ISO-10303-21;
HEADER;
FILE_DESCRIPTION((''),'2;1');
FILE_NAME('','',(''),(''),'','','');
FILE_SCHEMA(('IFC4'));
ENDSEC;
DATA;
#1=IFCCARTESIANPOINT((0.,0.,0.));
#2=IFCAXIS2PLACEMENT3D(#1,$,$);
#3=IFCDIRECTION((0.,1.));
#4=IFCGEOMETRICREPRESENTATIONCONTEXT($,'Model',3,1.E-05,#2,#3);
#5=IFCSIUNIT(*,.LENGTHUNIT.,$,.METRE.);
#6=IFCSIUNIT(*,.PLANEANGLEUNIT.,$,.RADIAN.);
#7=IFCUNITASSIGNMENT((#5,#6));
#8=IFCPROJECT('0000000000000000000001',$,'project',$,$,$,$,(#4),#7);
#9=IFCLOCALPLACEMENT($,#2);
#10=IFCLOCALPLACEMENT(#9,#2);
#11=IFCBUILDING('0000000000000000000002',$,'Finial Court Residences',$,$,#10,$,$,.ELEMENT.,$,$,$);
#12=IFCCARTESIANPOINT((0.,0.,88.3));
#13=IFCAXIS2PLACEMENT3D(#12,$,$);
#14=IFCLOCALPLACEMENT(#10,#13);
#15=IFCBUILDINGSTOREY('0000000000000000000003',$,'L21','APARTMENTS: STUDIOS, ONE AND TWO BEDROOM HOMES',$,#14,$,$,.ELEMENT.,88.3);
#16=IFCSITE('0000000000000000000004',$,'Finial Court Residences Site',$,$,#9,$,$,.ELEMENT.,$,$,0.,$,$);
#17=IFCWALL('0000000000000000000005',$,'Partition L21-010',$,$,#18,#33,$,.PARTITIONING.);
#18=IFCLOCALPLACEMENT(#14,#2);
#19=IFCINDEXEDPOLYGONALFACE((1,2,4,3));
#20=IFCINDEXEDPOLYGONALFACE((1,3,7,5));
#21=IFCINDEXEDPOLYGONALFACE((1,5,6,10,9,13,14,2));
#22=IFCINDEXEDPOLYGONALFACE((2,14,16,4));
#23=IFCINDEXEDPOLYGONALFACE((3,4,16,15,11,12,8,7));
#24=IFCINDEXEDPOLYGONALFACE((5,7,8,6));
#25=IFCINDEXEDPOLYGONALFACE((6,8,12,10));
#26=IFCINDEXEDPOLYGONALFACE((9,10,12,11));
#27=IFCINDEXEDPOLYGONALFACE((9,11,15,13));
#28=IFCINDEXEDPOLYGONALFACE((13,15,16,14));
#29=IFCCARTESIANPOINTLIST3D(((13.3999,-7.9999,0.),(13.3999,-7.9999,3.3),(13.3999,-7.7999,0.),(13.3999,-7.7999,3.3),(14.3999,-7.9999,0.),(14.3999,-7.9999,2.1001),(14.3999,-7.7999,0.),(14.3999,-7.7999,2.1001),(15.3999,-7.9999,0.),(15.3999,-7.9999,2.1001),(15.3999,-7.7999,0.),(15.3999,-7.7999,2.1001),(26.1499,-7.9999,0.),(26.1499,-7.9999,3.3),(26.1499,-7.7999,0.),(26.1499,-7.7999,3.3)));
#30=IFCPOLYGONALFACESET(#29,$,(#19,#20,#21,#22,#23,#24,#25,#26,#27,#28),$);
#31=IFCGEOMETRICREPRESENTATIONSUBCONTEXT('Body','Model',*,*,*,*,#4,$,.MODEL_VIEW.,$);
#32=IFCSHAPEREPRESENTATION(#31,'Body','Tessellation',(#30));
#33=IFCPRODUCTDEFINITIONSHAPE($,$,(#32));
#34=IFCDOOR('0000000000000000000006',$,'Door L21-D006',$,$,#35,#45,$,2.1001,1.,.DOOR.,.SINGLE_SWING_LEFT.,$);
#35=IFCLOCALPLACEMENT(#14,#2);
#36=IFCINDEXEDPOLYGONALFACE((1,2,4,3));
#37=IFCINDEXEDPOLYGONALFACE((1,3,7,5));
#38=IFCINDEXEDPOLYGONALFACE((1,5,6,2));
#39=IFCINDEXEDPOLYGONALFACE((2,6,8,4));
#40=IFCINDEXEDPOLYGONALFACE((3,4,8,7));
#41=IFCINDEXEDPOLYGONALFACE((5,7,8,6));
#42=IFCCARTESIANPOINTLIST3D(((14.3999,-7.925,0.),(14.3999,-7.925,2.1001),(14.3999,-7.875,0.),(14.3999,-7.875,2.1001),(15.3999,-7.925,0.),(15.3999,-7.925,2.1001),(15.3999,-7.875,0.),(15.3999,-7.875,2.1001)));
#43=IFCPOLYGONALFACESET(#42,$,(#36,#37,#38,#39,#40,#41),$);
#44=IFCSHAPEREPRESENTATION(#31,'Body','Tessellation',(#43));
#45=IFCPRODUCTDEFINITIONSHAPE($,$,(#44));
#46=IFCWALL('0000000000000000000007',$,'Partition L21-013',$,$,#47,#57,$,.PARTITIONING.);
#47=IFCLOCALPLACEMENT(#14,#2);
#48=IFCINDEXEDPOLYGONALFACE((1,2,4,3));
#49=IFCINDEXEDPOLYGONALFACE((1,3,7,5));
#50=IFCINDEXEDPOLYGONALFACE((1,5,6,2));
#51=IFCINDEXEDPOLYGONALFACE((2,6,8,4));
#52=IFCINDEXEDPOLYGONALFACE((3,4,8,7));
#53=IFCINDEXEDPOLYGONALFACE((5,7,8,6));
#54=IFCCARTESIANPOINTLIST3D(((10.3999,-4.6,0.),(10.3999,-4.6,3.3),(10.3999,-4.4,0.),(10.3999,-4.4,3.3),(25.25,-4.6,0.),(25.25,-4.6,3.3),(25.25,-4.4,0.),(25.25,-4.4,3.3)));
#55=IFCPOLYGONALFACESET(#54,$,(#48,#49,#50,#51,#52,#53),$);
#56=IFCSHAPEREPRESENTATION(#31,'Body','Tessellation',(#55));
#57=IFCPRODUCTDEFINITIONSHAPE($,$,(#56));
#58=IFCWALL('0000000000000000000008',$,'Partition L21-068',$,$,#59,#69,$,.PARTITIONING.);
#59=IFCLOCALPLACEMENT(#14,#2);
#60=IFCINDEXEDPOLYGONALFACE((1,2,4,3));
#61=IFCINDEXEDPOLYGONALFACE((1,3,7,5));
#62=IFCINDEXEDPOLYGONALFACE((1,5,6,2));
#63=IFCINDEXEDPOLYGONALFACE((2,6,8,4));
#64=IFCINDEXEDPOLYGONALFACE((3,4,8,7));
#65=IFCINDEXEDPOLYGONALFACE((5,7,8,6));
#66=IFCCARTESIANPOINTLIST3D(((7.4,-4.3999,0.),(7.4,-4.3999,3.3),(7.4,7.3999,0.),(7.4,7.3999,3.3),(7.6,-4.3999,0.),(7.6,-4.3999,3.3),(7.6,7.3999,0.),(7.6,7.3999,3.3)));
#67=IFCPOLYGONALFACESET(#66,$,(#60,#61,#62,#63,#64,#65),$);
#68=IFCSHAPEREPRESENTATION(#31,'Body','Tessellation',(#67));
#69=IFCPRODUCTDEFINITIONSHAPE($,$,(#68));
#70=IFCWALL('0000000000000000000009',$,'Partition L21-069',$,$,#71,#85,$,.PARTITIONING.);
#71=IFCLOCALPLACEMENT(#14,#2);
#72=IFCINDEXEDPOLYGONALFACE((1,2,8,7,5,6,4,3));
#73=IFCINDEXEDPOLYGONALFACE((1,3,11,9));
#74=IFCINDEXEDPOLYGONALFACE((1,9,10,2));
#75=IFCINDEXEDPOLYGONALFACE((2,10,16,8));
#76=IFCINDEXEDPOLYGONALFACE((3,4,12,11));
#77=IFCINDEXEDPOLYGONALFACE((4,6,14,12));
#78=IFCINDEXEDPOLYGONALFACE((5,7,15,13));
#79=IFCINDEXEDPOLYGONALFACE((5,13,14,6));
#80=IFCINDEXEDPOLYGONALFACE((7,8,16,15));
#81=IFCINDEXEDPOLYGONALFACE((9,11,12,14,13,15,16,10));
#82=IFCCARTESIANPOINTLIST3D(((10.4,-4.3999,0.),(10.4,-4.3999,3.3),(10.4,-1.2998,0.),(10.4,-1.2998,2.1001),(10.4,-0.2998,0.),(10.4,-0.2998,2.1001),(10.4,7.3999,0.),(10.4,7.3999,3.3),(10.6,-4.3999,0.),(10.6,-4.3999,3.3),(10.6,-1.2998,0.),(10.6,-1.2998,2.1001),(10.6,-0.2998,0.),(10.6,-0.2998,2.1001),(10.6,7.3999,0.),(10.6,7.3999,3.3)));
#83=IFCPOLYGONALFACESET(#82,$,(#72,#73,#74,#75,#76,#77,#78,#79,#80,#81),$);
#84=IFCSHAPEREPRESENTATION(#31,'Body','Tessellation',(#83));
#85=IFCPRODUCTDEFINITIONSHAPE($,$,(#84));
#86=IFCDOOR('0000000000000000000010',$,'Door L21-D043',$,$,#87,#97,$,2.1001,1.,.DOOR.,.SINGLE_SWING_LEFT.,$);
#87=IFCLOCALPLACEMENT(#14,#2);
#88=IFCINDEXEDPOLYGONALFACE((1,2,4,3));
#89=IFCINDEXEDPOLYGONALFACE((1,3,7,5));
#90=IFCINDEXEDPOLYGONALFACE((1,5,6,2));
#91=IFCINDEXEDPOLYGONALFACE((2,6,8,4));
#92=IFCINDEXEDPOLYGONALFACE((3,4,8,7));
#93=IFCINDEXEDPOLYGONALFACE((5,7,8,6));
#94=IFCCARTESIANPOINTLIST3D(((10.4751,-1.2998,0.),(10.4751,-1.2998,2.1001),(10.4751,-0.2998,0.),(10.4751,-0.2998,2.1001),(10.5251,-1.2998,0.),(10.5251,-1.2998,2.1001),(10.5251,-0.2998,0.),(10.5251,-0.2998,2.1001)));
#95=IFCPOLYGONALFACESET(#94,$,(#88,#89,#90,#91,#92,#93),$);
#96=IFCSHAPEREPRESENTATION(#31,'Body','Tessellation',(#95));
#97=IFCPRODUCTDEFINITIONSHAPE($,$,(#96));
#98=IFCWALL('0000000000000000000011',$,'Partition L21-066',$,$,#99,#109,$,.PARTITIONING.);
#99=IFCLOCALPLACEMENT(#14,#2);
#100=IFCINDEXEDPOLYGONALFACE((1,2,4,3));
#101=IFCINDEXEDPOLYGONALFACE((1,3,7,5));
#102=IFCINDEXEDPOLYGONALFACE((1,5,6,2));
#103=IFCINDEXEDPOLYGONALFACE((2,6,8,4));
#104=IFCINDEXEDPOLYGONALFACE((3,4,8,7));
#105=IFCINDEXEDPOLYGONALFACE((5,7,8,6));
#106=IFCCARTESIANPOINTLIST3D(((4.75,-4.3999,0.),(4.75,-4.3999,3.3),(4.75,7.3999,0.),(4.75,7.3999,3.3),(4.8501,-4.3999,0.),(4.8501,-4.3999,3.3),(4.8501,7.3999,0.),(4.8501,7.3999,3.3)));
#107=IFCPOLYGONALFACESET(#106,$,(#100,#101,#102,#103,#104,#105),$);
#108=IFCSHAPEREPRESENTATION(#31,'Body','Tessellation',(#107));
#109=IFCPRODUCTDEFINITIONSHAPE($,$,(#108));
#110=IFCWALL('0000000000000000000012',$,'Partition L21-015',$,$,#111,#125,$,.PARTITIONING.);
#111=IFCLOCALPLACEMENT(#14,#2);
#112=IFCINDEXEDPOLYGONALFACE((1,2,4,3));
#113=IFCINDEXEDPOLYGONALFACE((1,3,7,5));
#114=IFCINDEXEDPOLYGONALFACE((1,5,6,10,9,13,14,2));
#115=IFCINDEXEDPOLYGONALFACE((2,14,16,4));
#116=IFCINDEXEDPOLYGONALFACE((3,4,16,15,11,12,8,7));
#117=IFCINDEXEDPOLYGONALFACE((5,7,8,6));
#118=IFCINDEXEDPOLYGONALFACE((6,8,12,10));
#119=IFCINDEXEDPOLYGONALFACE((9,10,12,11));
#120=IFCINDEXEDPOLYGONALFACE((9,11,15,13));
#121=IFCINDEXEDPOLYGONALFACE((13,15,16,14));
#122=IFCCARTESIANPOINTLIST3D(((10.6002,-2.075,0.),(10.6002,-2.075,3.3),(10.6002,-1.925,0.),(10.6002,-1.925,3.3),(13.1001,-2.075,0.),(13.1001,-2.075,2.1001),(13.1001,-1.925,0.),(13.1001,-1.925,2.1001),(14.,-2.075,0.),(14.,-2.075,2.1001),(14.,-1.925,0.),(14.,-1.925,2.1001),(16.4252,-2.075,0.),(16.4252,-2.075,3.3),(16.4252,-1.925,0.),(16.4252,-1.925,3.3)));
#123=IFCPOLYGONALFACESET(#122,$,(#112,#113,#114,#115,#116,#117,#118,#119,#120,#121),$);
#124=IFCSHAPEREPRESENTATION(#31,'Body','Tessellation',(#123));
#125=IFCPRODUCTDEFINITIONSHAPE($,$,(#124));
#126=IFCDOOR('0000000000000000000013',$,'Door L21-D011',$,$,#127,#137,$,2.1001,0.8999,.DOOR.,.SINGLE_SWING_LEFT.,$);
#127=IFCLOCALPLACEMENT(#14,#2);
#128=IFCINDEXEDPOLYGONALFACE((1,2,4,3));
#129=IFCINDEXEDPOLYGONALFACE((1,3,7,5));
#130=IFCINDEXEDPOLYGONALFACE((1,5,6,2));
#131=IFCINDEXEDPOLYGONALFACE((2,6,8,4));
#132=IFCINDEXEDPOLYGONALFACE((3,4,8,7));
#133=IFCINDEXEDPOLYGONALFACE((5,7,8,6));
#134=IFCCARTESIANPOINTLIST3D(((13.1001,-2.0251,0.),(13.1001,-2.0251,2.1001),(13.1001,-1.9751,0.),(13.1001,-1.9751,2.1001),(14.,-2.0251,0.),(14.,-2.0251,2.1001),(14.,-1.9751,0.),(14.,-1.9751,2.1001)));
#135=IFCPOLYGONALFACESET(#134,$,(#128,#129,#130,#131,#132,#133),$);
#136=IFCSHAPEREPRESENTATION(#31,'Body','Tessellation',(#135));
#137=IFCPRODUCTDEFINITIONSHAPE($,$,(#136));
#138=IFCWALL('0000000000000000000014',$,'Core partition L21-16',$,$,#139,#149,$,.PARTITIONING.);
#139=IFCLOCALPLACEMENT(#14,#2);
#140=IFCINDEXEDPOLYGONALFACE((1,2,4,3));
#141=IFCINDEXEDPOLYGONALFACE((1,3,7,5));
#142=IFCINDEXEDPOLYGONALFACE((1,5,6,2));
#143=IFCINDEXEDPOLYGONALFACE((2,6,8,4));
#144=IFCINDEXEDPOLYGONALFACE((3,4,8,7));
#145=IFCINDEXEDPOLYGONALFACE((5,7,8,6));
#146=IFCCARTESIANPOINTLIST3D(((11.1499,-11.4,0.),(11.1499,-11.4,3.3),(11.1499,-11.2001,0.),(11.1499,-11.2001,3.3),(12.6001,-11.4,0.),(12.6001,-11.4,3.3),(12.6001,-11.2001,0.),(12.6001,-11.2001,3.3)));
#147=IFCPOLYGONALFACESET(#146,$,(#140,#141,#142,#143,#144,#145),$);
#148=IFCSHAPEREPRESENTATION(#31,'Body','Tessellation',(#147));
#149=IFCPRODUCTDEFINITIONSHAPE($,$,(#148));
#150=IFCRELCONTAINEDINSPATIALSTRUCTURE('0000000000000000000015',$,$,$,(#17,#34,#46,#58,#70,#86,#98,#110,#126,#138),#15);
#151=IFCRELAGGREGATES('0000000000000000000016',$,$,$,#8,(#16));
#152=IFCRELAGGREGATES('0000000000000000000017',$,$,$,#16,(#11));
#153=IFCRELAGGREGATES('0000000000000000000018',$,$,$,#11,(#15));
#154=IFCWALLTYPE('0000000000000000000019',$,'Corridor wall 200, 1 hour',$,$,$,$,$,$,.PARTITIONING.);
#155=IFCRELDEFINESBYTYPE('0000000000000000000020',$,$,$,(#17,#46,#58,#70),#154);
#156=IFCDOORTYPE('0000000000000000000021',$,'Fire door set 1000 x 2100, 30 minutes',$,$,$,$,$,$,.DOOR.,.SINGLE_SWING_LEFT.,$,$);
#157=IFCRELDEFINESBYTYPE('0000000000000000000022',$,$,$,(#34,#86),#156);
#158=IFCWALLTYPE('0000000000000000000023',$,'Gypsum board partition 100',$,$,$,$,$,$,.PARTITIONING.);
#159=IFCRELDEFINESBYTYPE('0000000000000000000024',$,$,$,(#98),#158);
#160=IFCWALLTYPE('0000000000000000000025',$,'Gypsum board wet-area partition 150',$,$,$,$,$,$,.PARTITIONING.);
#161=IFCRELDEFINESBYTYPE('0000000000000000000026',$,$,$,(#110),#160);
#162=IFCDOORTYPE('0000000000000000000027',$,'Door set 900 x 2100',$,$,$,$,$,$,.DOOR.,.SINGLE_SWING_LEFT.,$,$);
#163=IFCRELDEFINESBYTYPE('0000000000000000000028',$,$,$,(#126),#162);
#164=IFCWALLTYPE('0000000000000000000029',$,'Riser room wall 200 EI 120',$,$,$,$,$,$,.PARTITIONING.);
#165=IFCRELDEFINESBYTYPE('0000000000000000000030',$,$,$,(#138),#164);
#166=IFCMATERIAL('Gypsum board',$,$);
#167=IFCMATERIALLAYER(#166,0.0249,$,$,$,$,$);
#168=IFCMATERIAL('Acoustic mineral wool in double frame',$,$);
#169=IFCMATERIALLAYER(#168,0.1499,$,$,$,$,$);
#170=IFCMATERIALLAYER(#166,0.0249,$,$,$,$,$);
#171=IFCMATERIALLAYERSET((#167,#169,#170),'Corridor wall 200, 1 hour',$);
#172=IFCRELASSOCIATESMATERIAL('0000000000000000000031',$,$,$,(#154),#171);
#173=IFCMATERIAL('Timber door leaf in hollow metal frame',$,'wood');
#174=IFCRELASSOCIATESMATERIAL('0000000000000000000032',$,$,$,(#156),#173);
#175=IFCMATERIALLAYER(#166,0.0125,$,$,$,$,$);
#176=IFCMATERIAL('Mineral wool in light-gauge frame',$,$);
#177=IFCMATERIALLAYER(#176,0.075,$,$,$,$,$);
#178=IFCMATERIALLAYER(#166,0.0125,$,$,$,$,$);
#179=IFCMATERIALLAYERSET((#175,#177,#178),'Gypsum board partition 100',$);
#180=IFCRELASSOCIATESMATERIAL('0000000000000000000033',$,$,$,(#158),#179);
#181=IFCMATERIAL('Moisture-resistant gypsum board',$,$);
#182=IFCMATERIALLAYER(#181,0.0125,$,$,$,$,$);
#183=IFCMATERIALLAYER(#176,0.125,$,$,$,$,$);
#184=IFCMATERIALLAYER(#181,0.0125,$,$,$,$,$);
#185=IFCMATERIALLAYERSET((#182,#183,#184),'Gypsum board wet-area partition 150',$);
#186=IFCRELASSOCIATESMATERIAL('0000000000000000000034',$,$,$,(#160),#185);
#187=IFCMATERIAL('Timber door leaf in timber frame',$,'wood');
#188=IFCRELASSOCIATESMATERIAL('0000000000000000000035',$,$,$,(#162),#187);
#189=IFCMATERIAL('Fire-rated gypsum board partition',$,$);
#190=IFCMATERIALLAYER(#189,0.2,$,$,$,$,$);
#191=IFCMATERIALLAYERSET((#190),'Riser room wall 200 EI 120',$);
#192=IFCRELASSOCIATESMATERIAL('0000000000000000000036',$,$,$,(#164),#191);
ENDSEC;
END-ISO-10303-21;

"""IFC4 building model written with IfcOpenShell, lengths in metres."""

from ifc_helpers import new_model, si_unit, direction, frame, frame_2d, origin, place, context, subcontext, project, spatial, rectangle, extrude, material, layer, layer_set, type_object, element, fill, save


model = new_model("IFC4")

# Units and contexts
model_context = context("Model", 3, precision=1e-05, world=origin(), true_north=direction((0.0, 1.0)))
body_context = subcontext(model_context, "Body", "Model", "MODEL_VIEW")
ifc_project = project(units=[si_unit("LENGTHUNIT", "METRE"), si_unit("PLANEANGLEUNIT", "RADIAN")], contexts=[model_context])

# Site, building, storey
site_placement = place(None, origin())
site = spatial("IfcSite", under=ifc_project, at=site_placement, Name="Finial Court Residences Site", CompositionType="ELEMENT", RefElevation=0.0)
building_placement = place(site_placement, origin())
building = spatial("IfcBuilding", under=site, at=building_placement, Name="Finial Court Residences", CompositionType="ELEMENT")
storey_placement = place(building_placement, frame((0.0, 0.0, 88.3)))
storey = spatial("IfcBuildingStorey", under=building, at=storey_placement, Name="L21", Description="APARTMENTS: STUDIOS, ONE AND TWO BEDROOM HOMES", CompositionType="ELEMENT", Elevation=88.3)

# Shared definitions
ifc_material_1 = material(Name="Fire-rated gypsum board partition")

# Wall, opening, door
ifc_material_2 = material(Name="Gypsum board")
ifc_layer_1 = layer(ifc_material_2, 0.0249)
ifc_material_3 = material(Name="Acoustic mineral wool in double frame")
ifc_layer_2 = layer(ifc_material_3, 0.1499)
ifc_layer_3 = layer(ifc_material_2, 0.0249)
ifc_layer_set_1 = layer_set([ifc_layer_1, ifc_layer_2, ifc_layer_3], Name="Corridor wall 200, 1 hour")
wall_type_1 = type_object("IfcWallType", Name="Corridor wall 200, 1 hour", PredefinedType="PARTITIONING", material=ifc_layer_set_1)
wall_1_placement = place(storey_placement, frame((13.3999, -7.8999, 0.0), z_axis=(0.0, 0.0, 1.0), x_axis=(1.0, 0.0, 0.0)))
wall_1 = element("IfcWall", 1, at=wall_1_placement, inside=storey, type_object=wall_type_1, Name="Partition L21-010", PredefinedType="PARTITIONING", context=body_context, shape_type="SweptSolid", body=[
    extrude(rectangle(XDim=12.75, YDim=0.2, at=frame_2d((6.375, 0.0))), origin(), (0.0, 0.0, 1.0), 3.3),
])
opening_1_placement = place(wall_1_placement, frame((1.0, 0.0, 0.0)))
opening_1 = element("IfcOpeningElement", 2, at=opening_1_placement, cuts=wall_1, PredefinedType="OPENING", context=body_context, shape_type="SweptSolid", body=[
    extrude(rectangle(XDim=1.0, YDim=2.1001, at=frame_2d((0.5, 1.05))), frame((0.0, 0.1099, 0.0), z_axis=(0.0, -1.0, 0.0), x_axis=(1.0, 0.0, 0.0)), (0.0, 0.0, 1.0), 0.22),
])
ifc_material_4 = material(Name="Timber door leaf in hollow metal frame", Category="wood")
door_type_1 = type_object("IfcDoorType", Name="Fire door set 1000 x 2100, 30 minutes", OperationType="SINGLE_SWING_LEFT", PredefinedType="DOOR", material=ifc_material_4)
door_1_placement = place(opening_1_placement, origin())
door_1 = element("IfcDoor", 3, at=door_1_placement, inside=storey, type_object=door_type_1, Name="Door L21-D006", OperationType="SINGLE_SWING_LEFT", OverallHeight=2.1001, OverallWidth=1.0, PredefinedType="DOOR", context=body_context, shape_type="SweptSolid", body=[
    extrude(rectangle(XDim=1.0, YDim=2.1001, at=frame_2d((0.5, 1.05))), frame((0.0, 0.0249, 0.0), z_axis=(0.0, -1.0, 0.0), x_axis=(1.0, 0.0, 0.0)), (0.0, 0.0, 1.0), 0.05),
])
fill(opening_1, door_1)

# Walls
wall_2_placement = place(storey_placement, frame((10.3999, -4.5, 0.0), z_axis=(0.0, 0.0, 1.0), x_axis=(1.0, 0.0, 0.0)))
element("IfcWall", 4, at=wall_2_placement, inside=storey, type_object=wall_type_1, Name="Partition L21-013", PredefinedType="PARTITIONING", context=body_context, shape_type="SweptSolid", body=[
    extrude(rectangle(XDim=14.8501, YDim=0.2, at=frame_2d((7.425, 0.0))), origin(), (0.0, 0.0, 1.0), 3.3),
])
wall_3_placement = place(storey_placement, frame((7.5, -4.3999, 0.0), z_axis=(0.0, 0.0, 1.0), x_axis=(0.0, 1.0, 0.0)))
element("IfcWall", 5, at=wall_3_placement, inside=storey, type_object=wall_type_1, Name="Partition L21-068", PredefinedType="PARTITIONING", context=body_context, shape_type="SweptSolid", body=[
    extrude(rectangle(XDim=11.7998, YDim=0.2, at=frame_2d((5.8999, 0.0))), origin(), (0.0, 0.0, 1.0), 3.3),
])

# Wall, opening, door
wall_4_placement = place(storey_placement, frame((10.5, -4.3999, 0.0), z_axis=(0.0, 0.0, 1.0), x_axis=(0.0, 1.0, 0.0)))
wall_4 = element("IfcWall", 6, at=wall_4_placement, inside=storey, type_object=wall_type_1, Name="Partition L21-069", PredefinedType="PARTITIONING", context=body_context, shape_type="SweptSolid", body=[
    extrude(rectangle(XDim=11.7998, YDim=0.2, at=frame_2d((5.8999, 0.0))), origin(), (0.0, 0.0, 1.0), 3.3),
])
opening_2_placement = place(wall_4_placement, frame((3.1001, 0.0, 0.0)))
opening_2 = element("IfcOpeningElement", 7, at=opening_2_placement, cuts=wall_4, PredefinedType="OPENING", context=body_context, shape_type="SweptSolid", body=[
    extrude(rectangle(XDim=1.0, YDim=2.1001, at=frame_2d((0.5, 1.05))), frame((0.0, 0.1099, 0.0), z_axis=(0.0, -1.0, 0.0), x_axis=(1.0, 0.0, 0.0)), (0.0, 0.0, 1.0), 0.22),
])
door_2_placement = place(opening_2_placement, origin())
door_2 = element("IfcDoor", 8, at=door_2_placement, inside=storey, type_object=door_type_1, Name="Door L21-D043", OperationType="SINGLE_SWING_LEFT", OverallHeight=2.1001, OverallWidth=1.0, PredefinedType="DOOR", context=body_context, shape_type="SweptSolid", body=[
    extrude(rectangle(XDim=1.0, YDim=2.1001, at=frame_2d((0.5, 1.05))), frame((0.0, 0.0249, 0.0), z_axis=(0.0, -1.0, 0.0), x_axis=(1.0, 0.0, 0.0)), (0.0, 0.0, 1.0), 0.05),
])
fill(opening_2, door_2)

# Wall
ifc_layer_4 = layer(ifc_material_2, 0.0125)
ifc_material_5 = material(Name="Mineral wool in light-gauge frame")
ifc_layer_5 = layer(ifc_material_5, 0.075)
ifc_layer_6 = layer(ifc_material_2, 0.0125)
ifc_layer_set_2 = layer_set([ifc_layer_4, ifc_layer_5, ifc_layer_6], Name="Gypsum board partition 100")
wall_type_2 = type_object("IfcWallType", Name="Gypsum board partition 100", PredefinedType="PARTITIONING", material=ifc_layer_set_2)
wall_5_placement = place(storey_placement, frame((4.8, -4.3999, 0.0), z_axis=(0.0, 0.0, 1.0), x_axis=(0.0, 1.0, 0.0)))
element("IfcWall", 9, at=wall_5_placement, inside=storey, type_object=wall_type_2, Name="Partition L21-066", PredefinedType="PARTITIONING", context=body_context, shape_type="SweptSolid", body=[
    extrude(rectangle(XDim=11.7998, YDim=0.1001, at=frame_2d((5.8999, 0.0))), origin(), (0.0, 0.0, 1.0), 3.3),
])

# Wall, opening, door
ifc_material_6 = material(Name="Moisture-resistant gypsum board")
ifc_layer_7 = layer(ifc_material_6, 0.0125)
ifc_layer_8 = layer(ifc_material_5, 0.125)
ifc_layer_9 = layer(ifc_material_6, 0.0125)
ifc_layer_set_3 = layer_set([ifc_layer_7, ifc_layer_8, ifc_layer_9], Name="Gypsum board wet-area partition 150")
wall_type_3 = type_object("IfcWallType", Name="Gypsum board wet-area partition 150", PredefinedType="PARTITIONING", material=ifc_layer_set_3)
wall_6_placement = place(storey_placement, frame((10.6001, -2.0, 0.0), z_axis=(0.0, 0.0, 1.0), x_axis=(1.0, 0.0, 0.0)))
wall_6 = element("IfcWall", 10, at=wall_6_placement, inside=storey, type_object=wall_type_3, Name="Partition L21-015", PredefinedType="PARTITIONING", context=body_context, shape_type="SweptSolid", body=[
    extrude(rectangle(XDim=5.825, YDim=0.1499, at=frame_2d((2.9126, 0.0))), origin(), (0.0, 0.0, 1.0), 3.3),
])
opening_3_placement = place(wall_6_placement, frame((2.5, 0.0, 0.0)))
opening_3 = element("IfcOpeningElement", 11, at=opening_3_placement, cuts=wall_6, PredefinedType="OPENING", context=body_context, shape_type="SweptSolid", body=[
    extrude(rectangle(XDim=0.8999, YDim=2.1001, at=frame_2d((0.45, 1.05))), frame((0.0, 0.085, 0.0), z_axis=(0.0, -1.0, 0.0), x_axis=(1.0, 0.0, 0.0)), (0.0, 0.0, 1.0), 0.1699),
])
ifc_material_7 = material(Name="Timber door leaf in timber frame", Category="wood")
door_type_2 = type_object("IfcDoorType", Name="Door set 900 x 2100", OperationType="SINGLE_SWING_LEFT", PredefinedType="DOOR", material=ifc_material_7)
door_3_placement = place(opening_3_placement, origin())
door_3 = element("IfcDoor", 12, at=door_3_placement, inside=storey, type_object=door_type_2, Name="Door L21-D011", OperationType="SINGLE_SWING_LEFT", OverallHeight=2.1001, OverallWidth=0.8999, PredefinedType="DOOR", context=body_context, shape_type="SweptSolid", body=[
    extrude(rectangle(XDim=0.8999, YDim=2.1001, at=frame_2d((0.45, 1.05))), frame((0.0, 0.0249, 0.0), z_axis=(0.0, -1.0, 0.0), x_axis=(1.0, 0.0, 0.0)), (0.0, 0.0, 1.0), 0.05),
])
fill(opening_3, door_3)

# Wall
ifc_layer_10 = layer(ifc_material_1, 0.2)
ifc_layer_set_4 = layer_set([ifc_layer_10], Name="Riser room wall 200 EI 120")
wall_type_4 = type_object("IfcWallType", Name="Riser room wall 200 EI 120", PredefinedType="PARTITIONING", material=ifc_layer_set_4)
wall_7_placement = place(storey_placement, frame((11.1499, -11.3, 0.0), z_axis=(0.0, 0.0, 1.0), x_axis=(1.0, 0.0, 0.0)))
element("IfcWall", 13, at=wall_7_placement, inside=storey, type_object=wall_type_4, Name="Core partition L21-16", PredefinedType="PARTITIONING", context=body_context, shape_type="SweptSolid", body=[
    extrude(rectangle(XDim=1.4502, YDim=0.2, at=frame_2d((0.7251, 0.0))), origin(), (0.0, 0.0, 1.0), 3.3),
])

save(model, "model.ifc")
